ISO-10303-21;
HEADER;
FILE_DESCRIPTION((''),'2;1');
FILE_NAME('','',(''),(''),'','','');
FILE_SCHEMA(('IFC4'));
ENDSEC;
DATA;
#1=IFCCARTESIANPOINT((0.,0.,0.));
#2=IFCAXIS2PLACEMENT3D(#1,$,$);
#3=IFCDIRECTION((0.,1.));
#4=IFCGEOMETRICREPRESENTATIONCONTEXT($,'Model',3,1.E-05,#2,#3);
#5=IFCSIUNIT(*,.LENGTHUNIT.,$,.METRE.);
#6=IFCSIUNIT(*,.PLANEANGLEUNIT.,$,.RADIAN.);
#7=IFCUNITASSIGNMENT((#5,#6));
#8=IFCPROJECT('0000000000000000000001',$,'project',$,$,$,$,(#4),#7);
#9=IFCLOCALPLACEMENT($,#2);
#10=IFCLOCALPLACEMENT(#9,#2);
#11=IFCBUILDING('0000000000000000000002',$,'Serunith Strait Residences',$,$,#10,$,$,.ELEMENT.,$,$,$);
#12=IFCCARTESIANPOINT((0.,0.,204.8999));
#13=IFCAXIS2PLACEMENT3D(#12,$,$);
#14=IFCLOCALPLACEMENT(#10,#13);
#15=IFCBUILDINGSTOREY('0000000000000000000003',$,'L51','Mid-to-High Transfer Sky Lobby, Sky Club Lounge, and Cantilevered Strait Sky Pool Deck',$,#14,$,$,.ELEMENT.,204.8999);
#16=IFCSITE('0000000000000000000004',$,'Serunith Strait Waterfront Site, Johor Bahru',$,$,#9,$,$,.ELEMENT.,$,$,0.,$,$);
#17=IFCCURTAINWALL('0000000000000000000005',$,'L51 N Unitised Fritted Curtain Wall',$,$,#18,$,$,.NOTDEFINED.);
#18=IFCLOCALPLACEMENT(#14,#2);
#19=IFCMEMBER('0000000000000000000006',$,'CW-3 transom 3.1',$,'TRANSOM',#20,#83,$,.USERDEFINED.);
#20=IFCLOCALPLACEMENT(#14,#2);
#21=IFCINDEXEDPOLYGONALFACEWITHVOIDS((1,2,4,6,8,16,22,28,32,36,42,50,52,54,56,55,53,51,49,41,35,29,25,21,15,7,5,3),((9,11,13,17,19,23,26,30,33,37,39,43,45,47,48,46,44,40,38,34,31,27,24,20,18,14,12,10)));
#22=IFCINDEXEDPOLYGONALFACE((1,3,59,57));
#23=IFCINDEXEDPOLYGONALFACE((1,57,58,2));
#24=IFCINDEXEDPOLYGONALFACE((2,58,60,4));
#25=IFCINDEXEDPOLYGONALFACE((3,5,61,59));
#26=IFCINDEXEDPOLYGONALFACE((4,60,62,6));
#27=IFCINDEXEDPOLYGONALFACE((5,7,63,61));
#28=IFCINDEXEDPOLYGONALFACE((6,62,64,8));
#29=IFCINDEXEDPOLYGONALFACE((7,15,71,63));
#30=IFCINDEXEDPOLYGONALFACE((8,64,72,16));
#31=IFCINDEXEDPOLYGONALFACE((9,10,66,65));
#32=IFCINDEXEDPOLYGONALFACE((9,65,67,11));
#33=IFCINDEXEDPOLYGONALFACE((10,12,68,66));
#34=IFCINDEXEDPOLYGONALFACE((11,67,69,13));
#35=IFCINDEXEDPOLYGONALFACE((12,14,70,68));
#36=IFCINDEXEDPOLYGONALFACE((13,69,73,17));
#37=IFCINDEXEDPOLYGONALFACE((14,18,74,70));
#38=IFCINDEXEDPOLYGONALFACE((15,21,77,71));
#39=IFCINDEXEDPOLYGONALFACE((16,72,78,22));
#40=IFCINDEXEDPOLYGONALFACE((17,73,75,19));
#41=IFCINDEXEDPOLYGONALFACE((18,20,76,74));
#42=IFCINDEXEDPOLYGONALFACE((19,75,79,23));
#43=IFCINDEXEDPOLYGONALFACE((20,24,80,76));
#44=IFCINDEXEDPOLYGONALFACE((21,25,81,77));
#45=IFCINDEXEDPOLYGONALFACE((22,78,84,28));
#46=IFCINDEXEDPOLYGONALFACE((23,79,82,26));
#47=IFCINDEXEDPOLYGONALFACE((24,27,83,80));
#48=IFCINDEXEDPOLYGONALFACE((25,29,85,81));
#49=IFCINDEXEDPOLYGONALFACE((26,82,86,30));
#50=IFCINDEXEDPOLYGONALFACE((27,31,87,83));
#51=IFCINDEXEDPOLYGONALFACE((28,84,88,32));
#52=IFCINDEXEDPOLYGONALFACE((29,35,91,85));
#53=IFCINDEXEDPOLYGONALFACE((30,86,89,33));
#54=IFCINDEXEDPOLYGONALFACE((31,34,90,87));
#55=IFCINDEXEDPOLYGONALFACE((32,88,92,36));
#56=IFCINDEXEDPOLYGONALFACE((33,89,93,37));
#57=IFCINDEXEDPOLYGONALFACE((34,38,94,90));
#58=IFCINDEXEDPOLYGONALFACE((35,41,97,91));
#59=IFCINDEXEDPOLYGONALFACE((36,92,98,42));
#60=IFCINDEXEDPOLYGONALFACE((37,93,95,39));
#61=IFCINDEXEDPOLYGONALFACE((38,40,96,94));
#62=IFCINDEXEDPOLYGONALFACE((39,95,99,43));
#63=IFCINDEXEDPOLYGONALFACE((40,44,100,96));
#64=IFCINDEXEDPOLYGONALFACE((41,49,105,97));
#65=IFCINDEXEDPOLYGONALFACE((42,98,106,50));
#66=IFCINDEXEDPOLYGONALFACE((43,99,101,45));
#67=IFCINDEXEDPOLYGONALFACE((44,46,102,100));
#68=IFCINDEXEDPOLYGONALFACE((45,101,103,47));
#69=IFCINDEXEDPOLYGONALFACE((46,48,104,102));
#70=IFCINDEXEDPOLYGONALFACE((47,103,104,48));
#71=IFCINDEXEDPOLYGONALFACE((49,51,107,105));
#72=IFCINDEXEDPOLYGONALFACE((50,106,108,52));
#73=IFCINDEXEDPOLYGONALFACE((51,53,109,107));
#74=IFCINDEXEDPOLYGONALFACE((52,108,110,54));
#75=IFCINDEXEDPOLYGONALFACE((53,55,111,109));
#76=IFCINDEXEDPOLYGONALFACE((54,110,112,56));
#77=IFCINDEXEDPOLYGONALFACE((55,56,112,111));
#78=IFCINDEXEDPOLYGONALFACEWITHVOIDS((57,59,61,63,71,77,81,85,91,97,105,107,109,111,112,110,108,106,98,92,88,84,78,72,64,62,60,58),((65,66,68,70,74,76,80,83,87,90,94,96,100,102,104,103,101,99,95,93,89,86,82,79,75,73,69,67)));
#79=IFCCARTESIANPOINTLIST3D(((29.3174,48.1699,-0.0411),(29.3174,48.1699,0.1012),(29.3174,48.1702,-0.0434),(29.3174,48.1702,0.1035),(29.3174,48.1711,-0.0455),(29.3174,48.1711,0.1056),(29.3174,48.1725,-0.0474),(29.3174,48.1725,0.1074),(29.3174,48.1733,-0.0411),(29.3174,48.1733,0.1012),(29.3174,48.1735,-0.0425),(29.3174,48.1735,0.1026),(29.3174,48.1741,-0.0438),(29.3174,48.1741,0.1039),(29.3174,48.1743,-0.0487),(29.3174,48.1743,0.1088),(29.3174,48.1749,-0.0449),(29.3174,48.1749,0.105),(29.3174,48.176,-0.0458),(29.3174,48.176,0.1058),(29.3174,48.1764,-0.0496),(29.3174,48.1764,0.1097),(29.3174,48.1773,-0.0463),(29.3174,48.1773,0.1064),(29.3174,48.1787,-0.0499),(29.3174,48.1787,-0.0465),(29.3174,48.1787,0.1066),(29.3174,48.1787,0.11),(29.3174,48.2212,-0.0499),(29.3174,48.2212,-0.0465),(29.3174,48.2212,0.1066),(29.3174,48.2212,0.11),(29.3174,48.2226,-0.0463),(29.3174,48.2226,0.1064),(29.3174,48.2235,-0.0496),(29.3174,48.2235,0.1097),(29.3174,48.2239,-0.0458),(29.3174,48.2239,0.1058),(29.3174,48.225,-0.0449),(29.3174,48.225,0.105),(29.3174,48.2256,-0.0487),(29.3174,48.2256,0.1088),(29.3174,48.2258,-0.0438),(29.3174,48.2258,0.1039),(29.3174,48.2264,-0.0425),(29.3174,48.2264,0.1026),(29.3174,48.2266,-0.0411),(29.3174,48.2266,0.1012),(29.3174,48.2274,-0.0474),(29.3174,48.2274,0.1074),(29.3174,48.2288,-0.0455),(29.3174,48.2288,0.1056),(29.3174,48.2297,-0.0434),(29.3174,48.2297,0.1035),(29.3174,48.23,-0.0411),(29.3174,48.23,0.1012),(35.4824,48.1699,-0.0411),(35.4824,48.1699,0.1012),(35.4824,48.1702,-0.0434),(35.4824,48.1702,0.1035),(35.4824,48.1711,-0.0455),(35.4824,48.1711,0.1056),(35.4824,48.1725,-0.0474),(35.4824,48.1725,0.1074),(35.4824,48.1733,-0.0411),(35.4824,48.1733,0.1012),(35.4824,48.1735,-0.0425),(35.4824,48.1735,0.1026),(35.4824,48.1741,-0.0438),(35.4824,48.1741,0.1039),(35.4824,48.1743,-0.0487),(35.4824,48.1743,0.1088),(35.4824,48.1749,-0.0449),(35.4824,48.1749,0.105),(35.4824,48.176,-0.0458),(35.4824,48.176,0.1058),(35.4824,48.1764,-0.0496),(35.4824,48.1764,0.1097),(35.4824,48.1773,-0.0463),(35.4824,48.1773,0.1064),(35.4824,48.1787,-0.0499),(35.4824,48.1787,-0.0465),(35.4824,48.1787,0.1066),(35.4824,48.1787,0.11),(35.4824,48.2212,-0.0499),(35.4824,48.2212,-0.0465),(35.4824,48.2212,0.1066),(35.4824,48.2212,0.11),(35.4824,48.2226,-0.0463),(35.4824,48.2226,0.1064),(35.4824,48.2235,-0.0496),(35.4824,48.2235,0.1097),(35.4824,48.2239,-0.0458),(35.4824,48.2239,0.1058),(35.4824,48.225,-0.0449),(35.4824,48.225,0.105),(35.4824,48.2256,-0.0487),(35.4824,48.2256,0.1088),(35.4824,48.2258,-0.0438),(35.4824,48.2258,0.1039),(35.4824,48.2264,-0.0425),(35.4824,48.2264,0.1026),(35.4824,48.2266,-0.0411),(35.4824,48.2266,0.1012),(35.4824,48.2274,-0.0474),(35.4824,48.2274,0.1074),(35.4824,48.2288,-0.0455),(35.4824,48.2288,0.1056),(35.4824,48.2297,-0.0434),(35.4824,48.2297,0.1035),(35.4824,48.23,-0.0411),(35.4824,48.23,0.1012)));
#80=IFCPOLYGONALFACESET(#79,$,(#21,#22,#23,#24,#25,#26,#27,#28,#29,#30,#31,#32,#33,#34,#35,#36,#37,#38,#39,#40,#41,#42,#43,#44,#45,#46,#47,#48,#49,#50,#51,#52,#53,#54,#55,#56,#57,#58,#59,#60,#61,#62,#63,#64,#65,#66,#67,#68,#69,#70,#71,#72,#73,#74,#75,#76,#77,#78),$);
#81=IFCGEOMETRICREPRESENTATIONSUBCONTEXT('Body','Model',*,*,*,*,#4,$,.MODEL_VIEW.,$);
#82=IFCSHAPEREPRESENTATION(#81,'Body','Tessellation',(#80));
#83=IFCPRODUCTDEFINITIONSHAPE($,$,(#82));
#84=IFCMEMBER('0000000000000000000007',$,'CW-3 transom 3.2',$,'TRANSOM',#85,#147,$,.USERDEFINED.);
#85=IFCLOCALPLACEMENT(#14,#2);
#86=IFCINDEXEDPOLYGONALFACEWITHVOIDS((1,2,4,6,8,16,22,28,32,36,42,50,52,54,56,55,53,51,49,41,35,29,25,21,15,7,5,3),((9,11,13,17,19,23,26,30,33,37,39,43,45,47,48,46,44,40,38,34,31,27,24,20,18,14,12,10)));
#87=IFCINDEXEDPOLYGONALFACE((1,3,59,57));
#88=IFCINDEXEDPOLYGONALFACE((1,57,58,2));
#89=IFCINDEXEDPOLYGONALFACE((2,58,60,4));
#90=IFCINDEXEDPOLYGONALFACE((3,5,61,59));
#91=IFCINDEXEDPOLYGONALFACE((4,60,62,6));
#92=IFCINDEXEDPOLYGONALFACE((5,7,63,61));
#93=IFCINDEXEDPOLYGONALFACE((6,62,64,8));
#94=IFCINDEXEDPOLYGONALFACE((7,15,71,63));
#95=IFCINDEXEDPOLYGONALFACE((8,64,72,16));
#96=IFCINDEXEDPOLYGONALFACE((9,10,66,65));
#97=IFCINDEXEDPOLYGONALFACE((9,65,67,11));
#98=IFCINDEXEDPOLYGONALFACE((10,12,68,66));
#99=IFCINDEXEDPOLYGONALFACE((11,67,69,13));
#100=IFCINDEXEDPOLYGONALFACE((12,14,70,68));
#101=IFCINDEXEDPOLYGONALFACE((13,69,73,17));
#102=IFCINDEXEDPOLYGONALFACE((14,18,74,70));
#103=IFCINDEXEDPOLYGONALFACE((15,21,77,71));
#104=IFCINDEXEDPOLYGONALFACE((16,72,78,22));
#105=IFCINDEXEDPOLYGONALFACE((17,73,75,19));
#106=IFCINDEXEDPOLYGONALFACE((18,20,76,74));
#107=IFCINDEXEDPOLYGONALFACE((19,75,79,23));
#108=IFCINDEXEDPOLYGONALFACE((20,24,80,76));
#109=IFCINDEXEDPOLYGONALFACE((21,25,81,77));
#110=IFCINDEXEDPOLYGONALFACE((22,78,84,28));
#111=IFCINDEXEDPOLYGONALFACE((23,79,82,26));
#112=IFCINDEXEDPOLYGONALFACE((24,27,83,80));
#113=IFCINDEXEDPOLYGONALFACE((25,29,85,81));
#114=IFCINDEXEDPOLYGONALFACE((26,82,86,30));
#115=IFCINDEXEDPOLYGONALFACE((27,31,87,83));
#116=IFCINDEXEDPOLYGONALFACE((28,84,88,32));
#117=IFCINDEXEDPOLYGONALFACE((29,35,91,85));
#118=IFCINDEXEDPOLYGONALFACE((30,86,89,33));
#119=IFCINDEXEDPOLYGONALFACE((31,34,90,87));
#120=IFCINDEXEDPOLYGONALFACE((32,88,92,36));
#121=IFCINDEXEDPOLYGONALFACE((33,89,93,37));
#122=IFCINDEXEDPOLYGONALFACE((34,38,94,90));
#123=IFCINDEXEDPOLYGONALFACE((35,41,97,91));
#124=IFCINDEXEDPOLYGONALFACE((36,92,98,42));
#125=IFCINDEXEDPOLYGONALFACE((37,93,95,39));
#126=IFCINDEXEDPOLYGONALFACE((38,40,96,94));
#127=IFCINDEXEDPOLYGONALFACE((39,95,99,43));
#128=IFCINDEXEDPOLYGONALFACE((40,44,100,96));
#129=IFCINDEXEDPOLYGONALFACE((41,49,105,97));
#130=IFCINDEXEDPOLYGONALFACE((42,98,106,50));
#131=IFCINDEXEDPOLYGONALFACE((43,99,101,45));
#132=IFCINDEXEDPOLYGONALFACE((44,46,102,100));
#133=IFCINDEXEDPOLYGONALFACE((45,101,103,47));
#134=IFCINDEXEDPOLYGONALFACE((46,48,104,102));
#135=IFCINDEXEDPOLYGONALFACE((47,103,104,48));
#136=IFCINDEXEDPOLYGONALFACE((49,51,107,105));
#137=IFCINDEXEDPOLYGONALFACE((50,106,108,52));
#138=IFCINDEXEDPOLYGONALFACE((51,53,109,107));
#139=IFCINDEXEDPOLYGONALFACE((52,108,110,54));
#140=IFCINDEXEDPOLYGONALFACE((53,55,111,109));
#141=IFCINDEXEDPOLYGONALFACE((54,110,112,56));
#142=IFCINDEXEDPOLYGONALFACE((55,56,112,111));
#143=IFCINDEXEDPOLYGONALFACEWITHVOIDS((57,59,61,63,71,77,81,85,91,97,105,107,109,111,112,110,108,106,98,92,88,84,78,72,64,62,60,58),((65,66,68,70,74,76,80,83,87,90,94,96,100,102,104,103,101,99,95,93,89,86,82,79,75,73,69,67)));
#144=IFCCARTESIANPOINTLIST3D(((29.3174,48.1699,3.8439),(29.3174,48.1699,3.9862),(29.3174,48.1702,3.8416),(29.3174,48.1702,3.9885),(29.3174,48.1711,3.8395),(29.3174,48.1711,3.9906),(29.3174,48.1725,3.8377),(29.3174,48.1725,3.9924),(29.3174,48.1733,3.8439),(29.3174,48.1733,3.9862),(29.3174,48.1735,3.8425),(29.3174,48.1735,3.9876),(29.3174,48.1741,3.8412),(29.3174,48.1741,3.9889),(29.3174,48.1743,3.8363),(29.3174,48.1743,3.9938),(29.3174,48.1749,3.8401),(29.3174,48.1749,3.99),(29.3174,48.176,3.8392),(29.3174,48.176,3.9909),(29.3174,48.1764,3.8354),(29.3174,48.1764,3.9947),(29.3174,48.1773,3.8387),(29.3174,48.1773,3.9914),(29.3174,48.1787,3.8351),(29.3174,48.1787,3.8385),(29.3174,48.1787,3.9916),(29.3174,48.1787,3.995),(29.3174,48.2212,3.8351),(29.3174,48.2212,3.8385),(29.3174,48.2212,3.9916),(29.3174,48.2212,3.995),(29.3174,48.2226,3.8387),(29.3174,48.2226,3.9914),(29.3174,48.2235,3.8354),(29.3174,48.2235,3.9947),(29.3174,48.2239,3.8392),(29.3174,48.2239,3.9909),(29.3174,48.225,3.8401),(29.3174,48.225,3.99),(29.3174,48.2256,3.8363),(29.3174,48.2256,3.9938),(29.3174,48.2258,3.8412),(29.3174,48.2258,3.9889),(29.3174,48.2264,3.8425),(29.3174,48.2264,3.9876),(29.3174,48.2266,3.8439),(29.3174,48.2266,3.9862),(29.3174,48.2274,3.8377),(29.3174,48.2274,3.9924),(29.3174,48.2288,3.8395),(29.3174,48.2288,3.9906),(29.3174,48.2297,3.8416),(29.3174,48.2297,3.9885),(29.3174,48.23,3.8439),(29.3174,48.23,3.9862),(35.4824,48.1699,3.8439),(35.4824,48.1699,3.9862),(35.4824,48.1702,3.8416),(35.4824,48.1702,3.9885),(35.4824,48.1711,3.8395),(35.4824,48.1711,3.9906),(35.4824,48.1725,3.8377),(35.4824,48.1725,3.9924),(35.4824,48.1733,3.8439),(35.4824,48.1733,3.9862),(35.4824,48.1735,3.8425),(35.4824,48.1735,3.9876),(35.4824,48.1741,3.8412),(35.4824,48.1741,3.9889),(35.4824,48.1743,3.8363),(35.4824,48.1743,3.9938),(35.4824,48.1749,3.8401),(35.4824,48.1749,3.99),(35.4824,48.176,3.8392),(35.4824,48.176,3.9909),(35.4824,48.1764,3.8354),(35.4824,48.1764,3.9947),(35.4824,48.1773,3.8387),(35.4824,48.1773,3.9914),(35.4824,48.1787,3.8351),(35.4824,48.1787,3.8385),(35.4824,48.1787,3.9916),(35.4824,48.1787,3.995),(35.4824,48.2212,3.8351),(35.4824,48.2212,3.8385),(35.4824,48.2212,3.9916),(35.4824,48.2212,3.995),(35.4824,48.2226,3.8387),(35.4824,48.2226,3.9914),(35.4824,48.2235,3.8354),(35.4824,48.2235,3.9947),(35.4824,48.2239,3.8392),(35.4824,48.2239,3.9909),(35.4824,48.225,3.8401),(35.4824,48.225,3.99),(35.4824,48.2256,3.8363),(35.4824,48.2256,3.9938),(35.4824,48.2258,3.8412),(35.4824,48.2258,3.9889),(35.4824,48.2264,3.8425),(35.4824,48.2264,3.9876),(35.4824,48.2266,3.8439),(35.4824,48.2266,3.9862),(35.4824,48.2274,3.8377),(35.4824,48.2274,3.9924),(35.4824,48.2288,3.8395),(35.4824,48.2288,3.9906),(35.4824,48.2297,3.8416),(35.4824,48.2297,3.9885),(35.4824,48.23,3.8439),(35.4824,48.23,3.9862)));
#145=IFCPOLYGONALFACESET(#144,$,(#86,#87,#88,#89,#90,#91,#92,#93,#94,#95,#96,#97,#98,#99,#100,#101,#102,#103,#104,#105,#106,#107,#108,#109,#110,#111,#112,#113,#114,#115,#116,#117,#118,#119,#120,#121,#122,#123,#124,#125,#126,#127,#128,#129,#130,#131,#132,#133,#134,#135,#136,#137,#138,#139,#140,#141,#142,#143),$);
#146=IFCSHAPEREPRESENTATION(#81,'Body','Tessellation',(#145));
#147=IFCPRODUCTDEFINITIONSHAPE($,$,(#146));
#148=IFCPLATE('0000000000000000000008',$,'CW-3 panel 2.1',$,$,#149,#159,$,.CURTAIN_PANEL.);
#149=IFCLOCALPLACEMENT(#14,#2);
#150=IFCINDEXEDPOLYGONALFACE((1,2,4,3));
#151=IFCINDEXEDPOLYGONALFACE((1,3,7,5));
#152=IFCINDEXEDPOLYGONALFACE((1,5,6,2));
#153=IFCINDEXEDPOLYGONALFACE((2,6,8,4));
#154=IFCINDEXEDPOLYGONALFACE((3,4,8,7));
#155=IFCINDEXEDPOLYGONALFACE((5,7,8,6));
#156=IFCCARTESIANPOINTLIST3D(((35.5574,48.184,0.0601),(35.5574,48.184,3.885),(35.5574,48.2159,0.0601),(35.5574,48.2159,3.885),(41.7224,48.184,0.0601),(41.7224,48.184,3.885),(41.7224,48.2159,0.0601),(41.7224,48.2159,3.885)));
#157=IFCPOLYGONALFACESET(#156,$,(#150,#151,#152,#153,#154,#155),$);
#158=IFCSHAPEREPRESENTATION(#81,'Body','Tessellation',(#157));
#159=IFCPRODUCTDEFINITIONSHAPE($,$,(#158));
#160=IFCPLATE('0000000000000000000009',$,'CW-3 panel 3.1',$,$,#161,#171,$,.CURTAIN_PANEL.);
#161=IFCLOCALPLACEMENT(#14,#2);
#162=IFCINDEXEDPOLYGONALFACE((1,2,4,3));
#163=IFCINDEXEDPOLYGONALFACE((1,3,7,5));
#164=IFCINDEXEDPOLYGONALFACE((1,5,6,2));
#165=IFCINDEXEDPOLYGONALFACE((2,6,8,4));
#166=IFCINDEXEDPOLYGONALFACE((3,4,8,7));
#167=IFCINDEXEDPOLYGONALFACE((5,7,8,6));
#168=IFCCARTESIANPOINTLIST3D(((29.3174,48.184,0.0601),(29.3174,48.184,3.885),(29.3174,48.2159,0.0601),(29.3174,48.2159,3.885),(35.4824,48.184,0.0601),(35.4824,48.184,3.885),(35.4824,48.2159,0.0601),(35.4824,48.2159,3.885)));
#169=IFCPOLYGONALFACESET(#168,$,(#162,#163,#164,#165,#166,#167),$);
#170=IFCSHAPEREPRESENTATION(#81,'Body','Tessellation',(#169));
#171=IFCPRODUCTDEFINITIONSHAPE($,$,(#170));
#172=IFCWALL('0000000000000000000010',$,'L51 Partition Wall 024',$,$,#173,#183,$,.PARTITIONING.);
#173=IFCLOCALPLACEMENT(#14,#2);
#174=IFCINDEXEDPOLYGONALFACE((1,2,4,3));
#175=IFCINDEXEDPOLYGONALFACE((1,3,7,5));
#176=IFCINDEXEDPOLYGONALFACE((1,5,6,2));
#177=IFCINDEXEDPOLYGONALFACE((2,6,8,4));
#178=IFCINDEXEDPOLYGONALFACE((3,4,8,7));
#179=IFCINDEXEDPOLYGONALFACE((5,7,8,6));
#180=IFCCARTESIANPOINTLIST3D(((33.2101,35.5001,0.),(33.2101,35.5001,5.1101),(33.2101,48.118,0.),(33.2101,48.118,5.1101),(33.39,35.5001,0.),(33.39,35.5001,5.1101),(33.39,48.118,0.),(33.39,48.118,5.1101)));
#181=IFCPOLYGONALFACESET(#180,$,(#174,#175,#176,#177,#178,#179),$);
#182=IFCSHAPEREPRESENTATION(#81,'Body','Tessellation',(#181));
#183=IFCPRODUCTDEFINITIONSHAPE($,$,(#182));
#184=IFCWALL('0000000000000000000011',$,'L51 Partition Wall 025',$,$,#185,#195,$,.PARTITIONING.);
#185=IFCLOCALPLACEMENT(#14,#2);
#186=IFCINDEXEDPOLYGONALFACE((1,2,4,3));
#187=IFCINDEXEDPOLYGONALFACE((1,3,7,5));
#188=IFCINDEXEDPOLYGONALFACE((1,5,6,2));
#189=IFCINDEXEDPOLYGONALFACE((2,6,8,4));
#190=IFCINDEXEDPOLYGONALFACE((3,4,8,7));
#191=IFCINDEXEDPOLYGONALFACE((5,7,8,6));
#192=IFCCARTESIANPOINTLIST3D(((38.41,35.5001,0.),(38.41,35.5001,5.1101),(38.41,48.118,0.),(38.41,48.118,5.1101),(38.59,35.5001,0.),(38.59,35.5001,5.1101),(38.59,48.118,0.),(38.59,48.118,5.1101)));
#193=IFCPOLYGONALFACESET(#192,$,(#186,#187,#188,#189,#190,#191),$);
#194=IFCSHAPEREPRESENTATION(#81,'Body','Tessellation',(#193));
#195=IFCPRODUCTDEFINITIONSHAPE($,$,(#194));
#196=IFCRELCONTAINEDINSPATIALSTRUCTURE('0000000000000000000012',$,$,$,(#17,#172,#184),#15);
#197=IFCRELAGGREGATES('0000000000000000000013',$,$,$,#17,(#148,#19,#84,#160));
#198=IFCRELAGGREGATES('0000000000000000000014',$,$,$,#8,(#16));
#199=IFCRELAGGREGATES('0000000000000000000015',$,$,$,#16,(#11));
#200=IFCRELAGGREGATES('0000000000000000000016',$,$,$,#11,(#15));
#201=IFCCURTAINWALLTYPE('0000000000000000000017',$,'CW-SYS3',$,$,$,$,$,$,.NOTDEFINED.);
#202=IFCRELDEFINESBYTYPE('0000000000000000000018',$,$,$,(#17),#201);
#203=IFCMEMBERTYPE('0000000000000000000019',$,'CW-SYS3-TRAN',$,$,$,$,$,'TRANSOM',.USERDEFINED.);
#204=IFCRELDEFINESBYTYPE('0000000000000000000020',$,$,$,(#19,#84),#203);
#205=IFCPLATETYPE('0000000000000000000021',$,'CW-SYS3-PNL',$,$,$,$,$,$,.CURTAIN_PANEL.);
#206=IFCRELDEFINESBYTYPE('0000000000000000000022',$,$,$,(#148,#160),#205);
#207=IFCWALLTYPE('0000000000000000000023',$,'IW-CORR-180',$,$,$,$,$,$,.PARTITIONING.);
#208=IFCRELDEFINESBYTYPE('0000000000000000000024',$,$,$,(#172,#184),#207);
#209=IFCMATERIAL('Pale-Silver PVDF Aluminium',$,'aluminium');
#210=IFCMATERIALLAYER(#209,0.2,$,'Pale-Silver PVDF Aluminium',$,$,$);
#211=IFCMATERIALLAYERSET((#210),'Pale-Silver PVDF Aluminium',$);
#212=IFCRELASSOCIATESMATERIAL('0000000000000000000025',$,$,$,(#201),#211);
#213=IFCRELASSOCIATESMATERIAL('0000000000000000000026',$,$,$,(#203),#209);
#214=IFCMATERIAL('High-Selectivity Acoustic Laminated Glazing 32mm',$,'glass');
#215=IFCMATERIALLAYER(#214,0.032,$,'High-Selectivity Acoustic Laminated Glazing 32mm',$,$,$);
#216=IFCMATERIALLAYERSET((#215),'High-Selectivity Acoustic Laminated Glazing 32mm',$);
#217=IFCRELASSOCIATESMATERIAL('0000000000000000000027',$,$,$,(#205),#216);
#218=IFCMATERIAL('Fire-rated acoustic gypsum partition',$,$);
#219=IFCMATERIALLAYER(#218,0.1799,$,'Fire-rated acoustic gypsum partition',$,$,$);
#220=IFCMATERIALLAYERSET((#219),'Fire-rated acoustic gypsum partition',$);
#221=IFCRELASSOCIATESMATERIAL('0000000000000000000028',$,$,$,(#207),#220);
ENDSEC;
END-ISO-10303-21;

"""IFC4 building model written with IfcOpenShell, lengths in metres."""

from ifc_helpers import new_model, si_unit, direction, frame, frame_2d, origin, origin_2d, place, context, subcontext, project, spatial, rectangle, hollow_rectangle, extrude, source, transform, mapped, material, layer, layer_set, material_profile, profile_set, type_object, element, aggregate, save


model = new_model("IFC4")

# Units and contexts
model_context = context("Model", 3, precision=1e-05, world=origin(), true_north=direction((0.0, 1.0)))
body_context = subcontext(model_context, "Body", "Model", "MODEL_VIEW")
ifc_project = project(units=[si_unit("LENGTHUNIT", "METRE"), si_unit("PLANEANGLEUNIT", "RADIAN")], contexts=[model_context])

# Site, building, storey
site_placement = place(None, origin())
site = spatial("IfcSite", under=ifc_project, at=site_placement, Name="Serunith Strait Waterfront Site, Johor Bahru", CompositionType="ELEMENT", RefElevation=0.0)
building_placement = place(site_placement, origin())
building = spatial("IfcBuilding", under=site, at=building_placement, Name="Serunith Strait Residences", CompositionType="ELEMENT")
storey_placement = place(building_placement, frame((0.0, 0.0, 204.8999)))
storey = spatial("IfcBuildingStorey", under=building, at=storey_placement, Name="L51", Description="Mid-to-High Transfer Sky Lobby, Sky Club Lounge, and Cantilevered Strait Sky Pool Deck", CompositionType="ELEMENT", Elevation=204.8999)

# Curtain wall, members, plates
ifc_material_1 = material(Name="Pale-Silver PVDF Aluminium", Category="aluminium")
ifc_layer_1 = layer(ifc_material_1, 0.2, Name="Pale-Silver PVDF Aluminium")
ifc_layer_set_1 = layer_set([ifc_layer_1], Name="Pale-Silver PVDF Aluminium")
curtain_wall_type = type_object("IfcCurtainWallType", Name="CW-SYS3", PredefinedType="NOTDEFINED", material=ifc_layer_set_1)
curtain_wall_placement = place(storey_placement, origin())
curtain_wall = element("IfcCurtainWall", 1, at=curtain_wall_placement, inside=storey, type_object=curtain_wall_type, Name="L51 N Unitised Fritted Curtain Wall", PredefinedType="NOTDEFINED")
ifc_material_profile_1 = material_profile(ifc_material_1, hollow_rectangle(XDim=0.0601, YDim=0.1599, WallThickness=0.0034, InnerFilletRadius=0.0054, OuterFilletRadius=0.0088, at=origin_2d()), Name="ALU 160x60x3.5")
ifc_profile_set_1 = profile_set([ifc_material_profile_1], Name="Pale-Silver PVDF Aluminium")
member_type_1 = type_object("IfcMemberType", Name="CW-SYS3-TRAN", ElementType="TRANSOM", PredefinedType="USERDEFINED", material=ifc_profile_set_1)
shared_shape_1 = source(origin(), body_context, "Body", "SweptSolid", [
    extrude(hollow_rectangle(XDim=0.0601, YDim=0.1599, WallThickness=0.0034, InnerFilletRadius=0.0054, OuterFilletRadius=0.0088, at=origin_2d()), origin(), (0.0, 0.0, 1.0), 6.165),
])
member_1_placement = place(storey_placement, frame((35.4824, 48.2, 0.03), z_axis=(-1.0, 0.0, 0.0), x_axis=(0.0, -1.0, 0.0)))
member_1 = element("IfcMember", 2, at=member_1_placement, type_object=member_type_1, Name="CW-3 transom 3.1", ObjectType="TRANSOM", PredefinedType="USERDEFINED", context=body_context, shape_type="MappedRepresentation", body=[
    mapped(shared_shape_1, transform((0.0, 0.0, 0.0), scale=1.0)),
])
member_2_placement = place(storey_placement, frame((35.4824, 48.2, 3.915), z_axis=(-1.0, 0.0, 0.0), x_axis=(0.0, -1.0, 0.0)))
member_2 = element("IfcMember", 3, at=member_2_placement, type_object=member_type_1, Name="CW-3 transom 3.2", ObjectType="TRANSOM", PredefinedType="USERDEFINED", context=body_context, shape_type="MappedRepresentation", body=[
    mapped(shared_shape_1, transform((0.0, 0.0, 0.0), scale=1.0)),
])
ifc_material_2 = material(Name="High-Selectivity Acoustic Laminated Glazing 32mm", Category="glass")
ifc_layer_2 = layer(ifc_material_2, 0.032, Name="High-Selectivity Acoustic Laminated Glazing 32mm")
ifc_layer_set_2 = layer_set([ifc_layer_2], Name="High-Selectivity Acoustic Laminated Glazing 32mm")
plate_type = type_object("IfcPlateType", Name="CW-SYS3-PNL", PredefinedType="CURTAIN_PANEL", material=ifc_layer_set_2)
shared_shape_2 = source(origin(), body_context, "Body", "SweptSolid", [
    extrude(rectangle(XDim=6.165, YDim=0.032, at=origin_2d()), origin(), (0.0, 0.0, 1.0), 3.825),
])
plate_1_placement = place(storey_placement, frame((38.6399, 48.2, 0.0601), z_axis=(0.0, 0.0, 1.0), x_axis=(-1.0, 0.0, 0.0)))
plate_1 = element("IfcPlate", 4, at=plate_1_placement, type_object=plate_type, Name="CW-3 panel 2.1", PredefinedType="CURTAIN_PANEL", context=body_context, shape_type="MappedRepresentation", body=[
    mapped(shared_shape_2, transform((0.0, 0.0, 0.0), scale=1.0)),
])
plate_2_placement = place(storey_placement, frame((32.3999, 48.2, 0.0601), z_axis=(0.0, 0.0, 1.0), x_axis=(-1.0, 0.0, 0.0)))
plate_2 = element("IfcPlate", 5, at=plate_2_placement, type_object=plate_type, Name="CW-3 panel 3.1", PredefinedType="CURTAIN_PANEL", context=body_context, shape_type="MappedRepresentation", body=[
    mapped(shared_shape_2, transform((0.0, 0.0, 0.0), scale=1.0)),
])
aggregate(curtain_wall, [plate_1, member_1, member_2, plate_2])

# Walls
ifc_material_3 = material(Name="Fire-rated acoustic gypsum partition")
ifc_layer_3 = layer(ifc_material_3, 0.1799, Name="Fire-rated acoustic gypsum partition")
ifc_layer_set_3 = layer_set([ifc_layer_3], Name="Fire-rated acoustic gypsum partition")
wall_type = type_object("IfcWallType", Name="IW-CORR-180", PredefinedType="PARTITIONING", material=ifc_layer_set_3)
for number, where, z_axis, x_axis, name in (
    (6, (33.3, 35.5, 0.0), (0.0, 0.0, 1.0), (0.0, 1.0, 0.0), "L51 Partition Wall 024"),
    (7, (38.5, 35.5, 0.0), (0.0, 0.0, 1.0), (0.0, 1.0, 0.0), "L51 Partition Wall 025"),
):
    element("IfcWall", number, at=place(storey_placement, frame(where, z_axis=z_axis, x_axis=x_axis)), inside=storey, type_object=wall_type, Name=name, PredefinedType="PARTITIONING", context=body_context, shape_type="SweptSolid", body=[
        extrude(rectangle(XDim=12.6179, YDim=0.1799, at=frame_2d((6.3091, 0.0))), origin(), (0.0, 0.0, 1.0), 5.1101),
    ])

save(model, "model.ifc")
